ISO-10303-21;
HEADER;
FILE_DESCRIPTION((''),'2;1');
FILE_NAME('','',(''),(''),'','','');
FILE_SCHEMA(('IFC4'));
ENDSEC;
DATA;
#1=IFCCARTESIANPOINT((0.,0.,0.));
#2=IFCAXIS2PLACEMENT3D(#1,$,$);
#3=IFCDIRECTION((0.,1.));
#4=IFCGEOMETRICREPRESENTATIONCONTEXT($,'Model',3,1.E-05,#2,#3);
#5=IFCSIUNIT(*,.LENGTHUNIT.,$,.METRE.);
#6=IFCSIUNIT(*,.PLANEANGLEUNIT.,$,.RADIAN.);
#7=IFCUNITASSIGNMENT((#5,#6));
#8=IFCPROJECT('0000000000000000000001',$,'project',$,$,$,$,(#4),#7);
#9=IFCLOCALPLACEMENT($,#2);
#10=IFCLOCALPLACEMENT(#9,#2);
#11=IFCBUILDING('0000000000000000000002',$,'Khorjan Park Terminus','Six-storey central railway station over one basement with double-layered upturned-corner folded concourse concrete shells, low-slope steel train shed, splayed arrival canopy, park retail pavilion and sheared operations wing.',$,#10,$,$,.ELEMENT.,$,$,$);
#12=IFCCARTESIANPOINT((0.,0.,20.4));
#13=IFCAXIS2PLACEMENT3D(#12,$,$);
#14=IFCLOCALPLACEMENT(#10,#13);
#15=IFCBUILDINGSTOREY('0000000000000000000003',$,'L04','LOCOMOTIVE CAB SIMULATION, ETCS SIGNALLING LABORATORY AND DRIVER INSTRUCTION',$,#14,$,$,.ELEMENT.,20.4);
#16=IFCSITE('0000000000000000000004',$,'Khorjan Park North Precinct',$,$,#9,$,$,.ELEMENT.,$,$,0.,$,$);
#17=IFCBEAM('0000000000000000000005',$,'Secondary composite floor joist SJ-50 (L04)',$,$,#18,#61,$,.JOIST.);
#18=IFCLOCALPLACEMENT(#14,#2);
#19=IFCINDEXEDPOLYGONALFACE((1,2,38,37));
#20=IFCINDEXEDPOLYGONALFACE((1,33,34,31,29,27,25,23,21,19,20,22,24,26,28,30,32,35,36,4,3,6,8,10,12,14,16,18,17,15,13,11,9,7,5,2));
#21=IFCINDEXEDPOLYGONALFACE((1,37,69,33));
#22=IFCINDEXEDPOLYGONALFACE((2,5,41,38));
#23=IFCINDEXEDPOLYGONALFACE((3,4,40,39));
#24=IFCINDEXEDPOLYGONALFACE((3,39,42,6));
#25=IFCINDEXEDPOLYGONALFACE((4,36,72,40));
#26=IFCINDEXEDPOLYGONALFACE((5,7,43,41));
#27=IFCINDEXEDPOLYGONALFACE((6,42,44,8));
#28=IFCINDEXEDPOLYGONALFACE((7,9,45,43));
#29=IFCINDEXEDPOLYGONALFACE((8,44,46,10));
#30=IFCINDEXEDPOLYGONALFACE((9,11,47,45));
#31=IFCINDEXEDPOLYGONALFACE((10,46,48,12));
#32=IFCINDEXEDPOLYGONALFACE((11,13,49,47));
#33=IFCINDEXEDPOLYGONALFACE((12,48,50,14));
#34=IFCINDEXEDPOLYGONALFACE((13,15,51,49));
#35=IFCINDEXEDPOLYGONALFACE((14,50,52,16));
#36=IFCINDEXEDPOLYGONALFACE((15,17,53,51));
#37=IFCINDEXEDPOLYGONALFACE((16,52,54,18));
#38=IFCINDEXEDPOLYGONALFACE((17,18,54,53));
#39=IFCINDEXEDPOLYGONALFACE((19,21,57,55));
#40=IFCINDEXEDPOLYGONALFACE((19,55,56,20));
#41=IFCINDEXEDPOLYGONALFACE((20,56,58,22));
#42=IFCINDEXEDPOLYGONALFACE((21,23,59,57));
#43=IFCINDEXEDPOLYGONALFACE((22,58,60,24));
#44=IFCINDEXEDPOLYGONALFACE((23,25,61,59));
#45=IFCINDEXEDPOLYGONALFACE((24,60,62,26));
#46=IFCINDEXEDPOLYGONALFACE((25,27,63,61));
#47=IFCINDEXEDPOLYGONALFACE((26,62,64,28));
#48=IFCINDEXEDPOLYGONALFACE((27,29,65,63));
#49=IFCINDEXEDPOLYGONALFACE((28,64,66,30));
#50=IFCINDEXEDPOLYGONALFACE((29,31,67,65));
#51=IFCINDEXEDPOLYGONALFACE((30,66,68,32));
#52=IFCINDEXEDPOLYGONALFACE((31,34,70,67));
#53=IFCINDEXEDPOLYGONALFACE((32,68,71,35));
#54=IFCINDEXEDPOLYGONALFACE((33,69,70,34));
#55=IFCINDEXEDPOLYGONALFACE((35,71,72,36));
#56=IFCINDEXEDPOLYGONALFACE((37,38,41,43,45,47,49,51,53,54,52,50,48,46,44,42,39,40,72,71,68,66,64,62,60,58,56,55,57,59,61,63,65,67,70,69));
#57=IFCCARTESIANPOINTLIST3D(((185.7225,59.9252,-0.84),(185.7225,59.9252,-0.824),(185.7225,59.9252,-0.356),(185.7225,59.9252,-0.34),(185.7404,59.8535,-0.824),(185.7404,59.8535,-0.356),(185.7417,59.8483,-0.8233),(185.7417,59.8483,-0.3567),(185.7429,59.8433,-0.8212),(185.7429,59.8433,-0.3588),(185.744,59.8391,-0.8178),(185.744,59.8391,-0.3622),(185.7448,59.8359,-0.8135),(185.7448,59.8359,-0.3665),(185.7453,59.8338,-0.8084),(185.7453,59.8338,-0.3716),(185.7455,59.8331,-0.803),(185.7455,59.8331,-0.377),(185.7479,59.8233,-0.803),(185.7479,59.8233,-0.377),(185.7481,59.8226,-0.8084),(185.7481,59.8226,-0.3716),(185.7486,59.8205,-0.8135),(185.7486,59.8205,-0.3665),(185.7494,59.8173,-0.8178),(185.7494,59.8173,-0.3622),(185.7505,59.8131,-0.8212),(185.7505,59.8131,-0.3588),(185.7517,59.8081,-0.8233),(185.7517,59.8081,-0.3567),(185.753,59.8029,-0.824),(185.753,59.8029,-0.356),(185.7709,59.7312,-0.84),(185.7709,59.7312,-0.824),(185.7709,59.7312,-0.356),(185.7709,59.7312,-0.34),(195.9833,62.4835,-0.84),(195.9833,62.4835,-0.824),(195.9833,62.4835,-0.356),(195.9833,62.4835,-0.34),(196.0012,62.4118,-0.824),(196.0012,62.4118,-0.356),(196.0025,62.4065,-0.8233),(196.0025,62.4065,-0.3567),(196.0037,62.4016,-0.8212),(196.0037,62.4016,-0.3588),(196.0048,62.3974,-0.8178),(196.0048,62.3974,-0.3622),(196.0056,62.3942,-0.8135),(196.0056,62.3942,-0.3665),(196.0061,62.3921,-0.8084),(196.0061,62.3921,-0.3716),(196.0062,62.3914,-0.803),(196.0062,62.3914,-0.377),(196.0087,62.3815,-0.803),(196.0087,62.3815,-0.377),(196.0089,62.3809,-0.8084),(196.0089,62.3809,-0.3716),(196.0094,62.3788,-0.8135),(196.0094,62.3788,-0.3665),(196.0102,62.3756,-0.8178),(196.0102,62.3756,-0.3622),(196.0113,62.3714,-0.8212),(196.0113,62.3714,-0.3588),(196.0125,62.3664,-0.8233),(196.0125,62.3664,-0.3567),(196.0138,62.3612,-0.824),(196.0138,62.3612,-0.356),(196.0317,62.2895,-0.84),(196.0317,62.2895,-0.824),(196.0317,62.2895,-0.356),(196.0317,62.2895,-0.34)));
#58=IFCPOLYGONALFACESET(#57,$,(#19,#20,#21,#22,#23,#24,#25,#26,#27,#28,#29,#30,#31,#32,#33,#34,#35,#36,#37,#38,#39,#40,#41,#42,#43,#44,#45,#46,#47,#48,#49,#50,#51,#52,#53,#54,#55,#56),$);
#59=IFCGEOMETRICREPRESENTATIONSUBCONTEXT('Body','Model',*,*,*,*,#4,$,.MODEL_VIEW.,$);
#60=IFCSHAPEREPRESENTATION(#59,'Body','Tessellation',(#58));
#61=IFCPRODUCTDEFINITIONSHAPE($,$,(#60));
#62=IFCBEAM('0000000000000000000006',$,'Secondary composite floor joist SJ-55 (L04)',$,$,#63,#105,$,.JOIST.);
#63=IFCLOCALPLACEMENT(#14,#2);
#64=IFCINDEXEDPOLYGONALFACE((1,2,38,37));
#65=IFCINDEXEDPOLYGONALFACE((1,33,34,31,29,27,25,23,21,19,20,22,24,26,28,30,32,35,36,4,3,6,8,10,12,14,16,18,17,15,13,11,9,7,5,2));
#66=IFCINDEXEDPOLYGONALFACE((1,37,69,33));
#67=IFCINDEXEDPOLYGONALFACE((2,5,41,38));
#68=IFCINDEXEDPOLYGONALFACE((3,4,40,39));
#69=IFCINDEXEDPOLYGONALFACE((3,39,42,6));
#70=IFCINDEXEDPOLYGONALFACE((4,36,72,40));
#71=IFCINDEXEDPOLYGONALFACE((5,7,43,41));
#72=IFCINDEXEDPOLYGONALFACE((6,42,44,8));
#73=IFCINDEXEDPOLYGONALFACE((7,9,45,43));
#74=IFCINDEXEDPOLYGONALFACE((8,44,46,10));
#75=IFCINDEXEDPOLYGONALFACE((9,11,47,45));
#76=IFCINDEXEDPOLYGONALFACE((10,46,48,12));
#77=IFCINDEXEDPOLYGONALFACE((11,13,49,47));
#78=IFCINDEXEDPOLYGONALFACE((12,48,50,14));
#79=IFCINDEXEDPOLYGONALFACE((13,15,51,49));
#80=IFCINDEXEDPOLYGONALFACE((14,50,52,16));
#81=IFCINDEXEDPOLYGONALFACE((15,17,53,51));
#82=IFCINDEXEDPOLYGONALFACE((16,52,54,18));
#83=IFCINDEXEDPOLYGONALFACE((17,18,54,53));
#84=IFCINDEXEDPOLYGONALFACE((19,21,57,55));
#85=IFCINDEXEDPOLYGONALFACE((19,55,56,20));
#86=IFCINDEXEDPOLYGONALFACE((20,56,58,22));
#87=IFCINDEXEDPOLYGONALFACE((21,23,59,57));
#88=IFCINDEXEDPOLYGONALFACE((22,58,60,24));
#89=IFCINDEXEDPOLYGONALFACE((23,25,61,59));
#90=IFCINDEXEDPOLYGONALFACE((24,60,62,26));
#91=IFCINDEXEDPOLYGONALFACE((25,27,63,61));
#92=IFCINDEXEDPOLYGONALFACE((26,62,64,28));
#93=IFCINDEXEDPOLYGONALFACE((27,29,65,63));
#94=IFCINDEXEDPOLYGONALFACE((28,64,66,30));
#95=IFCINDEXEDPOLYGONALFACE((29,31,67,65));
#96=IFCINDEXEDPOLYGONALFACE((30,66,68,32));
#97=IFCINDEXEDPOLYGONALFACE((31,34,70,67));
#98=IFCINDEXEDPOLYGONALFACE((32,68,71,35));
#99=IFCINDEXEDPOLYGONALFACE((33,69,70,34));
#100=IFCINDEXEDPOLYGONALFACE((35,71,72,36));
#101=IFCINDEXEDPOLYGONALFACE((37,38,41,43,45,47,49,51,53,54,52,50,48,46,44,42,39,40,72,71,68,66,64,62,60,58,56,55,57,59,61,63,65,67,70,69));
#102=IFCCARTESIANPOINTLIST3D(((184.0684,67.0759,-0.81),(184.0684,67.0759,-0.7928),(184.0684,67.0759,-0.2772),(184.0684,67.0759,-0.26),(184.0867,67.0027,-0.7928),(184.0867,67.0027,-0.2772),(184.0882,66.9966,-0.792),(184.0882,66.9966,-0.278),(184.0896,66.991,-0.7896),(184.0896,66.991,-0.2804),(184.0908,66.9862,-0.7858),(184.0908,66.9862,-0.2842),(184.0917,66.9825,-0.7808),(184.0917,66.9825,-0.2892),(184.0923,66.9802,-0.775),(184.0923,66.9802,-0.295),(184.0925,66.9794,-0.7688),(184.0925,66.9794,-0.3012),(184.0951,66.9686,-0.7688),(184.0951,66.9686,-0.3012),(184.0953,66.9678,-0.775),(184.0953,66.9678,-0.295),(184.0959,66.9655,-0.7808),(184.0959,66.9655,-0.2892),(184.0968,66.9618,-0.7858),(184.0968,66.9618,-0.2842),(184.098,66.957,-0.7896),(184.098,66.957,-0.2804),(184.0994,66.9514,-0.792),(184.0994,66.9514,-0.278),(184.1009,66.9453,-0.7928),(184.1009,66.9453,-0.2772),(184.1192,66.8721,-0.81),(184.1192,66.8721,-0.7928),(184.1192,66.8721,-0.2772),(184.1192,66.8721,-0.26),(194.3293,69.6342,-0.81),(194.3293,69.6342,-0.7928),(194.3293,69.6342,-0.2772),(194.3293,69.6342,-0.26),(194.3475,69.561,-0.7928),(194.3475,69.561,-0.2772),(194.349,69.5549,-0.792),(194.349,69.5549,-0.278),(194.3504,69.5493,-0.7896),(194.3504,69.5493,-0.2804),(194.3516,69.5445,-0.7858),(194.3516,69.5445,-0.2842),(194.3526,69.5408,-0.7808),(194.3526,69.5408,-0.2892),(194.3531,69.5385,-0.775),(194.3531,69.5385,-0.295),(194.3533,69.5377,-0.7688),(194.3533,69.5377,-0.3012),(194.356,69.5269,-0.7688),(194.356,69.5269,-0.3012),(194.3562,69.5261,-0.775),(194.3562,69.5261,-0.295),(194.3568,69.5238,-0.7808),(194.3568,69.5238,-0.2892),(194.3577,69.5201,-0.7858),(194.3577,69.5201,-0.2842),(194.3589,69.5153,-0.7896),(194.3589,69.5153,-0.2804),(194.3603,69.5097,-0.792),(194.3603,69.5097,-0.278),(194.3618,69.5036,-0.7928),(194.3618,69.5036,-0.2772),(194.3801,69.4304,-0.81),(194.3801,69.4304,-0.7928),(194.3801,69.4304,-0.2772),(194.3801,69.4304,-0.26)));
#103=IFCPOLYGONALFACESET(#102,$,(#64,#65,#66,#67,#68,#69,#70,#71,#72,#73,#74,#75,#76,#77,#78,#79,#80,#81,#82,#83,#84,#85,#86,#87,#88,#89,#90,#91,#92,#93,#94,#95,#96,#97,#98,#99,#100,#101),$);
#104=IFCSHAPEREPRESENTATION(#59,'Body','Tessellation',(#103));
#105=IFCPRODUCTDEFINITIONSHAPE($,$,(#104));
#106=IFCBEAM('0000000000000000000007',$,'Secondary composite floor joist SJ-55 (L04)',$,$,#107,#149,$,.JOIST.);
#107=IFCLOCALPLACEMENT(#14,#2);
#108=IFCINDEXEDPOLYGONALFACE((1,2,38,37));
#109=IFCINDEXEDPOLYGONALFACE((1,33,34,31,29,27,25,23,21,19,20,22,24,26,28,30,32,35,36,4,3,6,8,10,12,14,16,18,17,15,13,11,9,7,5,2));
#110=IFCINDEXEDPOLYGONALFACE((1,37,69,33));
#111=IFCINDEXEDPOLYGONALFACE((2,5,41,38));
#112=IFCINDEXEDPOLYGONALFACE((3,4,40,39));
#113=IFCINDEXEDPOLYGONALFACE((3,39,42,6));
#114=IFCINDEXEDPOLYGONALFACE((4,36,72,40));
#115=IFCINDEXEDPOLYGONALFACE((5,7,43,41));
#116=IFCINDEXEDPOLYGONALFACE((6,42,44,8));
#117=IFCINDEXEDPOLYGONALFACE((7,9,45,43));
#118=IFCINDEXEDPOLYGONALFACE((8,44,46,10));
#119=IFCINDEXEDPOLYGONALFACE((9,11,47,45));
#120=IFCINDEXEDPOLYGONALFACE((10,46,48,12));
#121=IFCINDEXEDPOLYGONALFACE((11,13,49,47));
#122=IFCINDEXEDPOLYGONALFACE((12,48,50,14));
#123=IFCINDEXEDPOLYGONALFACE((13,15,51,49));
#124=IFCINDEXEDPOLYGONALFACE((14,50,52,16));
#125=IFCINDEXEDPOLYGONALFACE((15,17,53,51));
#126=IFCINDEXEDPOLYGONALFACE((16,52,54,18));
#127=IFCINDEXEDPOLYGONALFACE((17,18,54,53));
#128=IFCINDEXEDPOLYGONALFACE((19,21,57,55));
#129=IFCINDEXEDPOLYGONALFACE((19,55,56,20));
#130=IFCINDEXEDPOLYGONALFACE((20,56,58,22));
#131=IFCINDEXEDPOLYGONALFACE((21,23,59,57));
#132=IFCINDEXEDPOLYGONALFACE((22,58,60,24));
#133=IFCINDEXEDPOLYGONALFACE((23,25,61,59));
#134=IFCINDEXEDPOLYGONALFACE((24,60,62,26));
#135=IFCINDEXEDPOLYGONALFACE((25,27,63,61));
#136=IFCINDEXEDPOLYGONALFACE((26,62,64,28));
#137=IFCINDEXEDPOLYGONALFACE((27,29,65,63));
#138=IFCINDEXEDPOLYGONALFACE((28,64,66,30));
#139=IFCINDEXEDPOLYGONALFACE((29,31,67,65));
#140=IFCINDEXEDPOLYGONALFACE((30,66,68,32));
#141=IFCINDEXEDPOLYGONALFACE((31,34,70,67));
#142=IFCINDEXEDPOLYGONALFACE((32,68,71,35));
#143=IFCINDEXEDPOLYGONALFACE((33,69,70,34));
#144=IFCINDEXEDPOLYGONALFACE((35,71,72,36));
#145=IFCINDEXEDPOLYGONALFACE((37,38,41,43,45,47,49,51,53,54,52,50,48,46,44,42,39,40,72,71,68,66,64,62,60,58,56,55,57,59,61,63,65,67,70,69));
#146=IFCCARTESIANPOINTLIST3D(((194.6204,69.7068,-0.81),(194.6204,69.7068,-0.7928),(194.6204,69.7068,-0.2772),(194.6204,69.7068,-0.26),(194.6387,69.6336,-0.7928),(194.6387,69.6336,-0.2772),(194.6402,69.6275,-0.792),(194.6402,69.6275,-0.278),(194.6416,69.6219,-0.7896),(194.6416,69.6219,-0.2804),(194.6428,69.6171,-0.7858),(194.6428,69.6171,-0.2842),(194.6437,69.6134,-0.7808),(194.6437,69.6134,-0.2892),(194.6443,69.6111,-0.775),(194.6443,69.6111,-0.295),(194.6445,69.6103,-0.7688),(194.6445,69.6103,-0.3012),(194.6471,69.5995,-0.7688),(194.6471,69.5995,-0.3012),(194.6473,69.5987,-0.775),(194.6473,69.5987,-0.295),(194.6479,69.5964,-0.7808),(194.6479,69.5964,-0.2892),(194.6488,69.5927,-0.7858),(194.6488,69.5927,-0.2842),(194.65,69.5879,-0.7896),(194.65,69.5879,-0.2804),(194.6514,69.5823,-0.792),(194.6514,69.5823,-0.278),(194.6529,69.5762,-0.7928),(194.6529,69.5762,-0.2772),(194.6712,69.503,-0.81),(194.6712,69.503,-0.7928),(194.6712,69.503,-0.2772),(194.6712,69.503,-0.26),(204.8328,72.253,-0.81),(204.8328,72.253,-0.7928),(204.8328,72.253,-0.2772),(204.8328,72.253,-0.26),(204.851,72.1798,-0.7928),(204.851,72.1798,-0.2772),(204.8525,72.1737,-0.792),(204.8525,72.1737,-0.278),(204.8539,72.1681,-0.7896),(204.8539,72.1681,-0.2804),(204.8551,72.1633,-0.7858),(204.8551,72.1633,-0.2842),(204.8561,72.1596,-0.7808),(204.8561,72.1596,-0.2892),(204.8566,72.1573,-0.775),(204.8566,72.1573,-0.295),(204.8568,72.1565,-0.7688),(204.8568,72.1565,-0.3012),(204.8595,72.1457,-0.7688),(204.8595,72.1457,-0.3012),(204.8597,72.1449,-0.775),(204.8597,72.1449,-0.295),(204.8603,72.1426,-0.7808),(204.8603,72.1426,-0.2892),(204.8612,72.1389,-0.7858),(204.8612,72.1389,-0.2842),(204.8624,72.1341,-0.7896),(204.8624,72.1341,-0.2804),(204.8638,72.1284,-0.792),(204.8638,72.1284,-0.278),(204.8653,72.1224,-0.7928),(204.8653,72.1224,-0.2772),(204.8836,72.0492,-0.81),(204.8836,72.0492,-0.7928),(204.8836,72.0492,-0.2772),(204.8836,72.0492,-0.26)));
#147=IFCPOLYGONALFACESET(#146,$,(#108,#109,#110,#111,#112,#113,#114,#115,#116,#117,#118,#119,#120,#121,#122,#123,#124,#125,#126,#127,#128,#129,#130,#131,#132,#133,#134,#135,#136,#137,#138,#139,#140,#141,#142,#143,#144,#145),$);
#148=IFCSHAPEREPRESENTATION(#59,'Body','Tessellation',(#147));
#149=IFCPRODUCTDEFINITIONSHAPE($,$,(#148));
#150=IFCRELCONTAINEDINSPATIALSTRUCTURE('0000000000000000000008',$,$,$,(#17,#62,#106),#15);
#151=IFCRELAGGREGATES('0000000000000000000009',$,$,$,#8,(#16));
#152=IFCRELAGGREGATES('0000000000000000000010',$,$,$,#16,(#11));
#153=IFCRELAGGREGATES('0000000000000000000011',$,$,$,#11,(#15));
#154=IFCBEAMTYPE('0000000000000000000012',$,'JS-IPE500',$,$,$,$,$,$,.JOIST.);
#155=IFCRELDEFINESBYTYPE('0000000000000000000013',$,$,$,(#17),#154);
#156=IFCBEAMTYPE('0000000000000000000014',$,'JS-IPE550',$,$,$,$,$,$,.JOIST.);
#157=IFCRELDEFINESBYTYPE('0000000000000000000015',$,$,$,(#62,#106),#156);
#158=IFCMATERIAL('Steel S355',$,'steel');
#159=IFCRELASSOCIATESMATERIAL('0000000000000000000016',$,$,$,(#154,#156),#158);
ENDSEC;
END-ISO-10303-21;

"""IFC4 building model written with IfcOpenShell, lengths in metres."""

from ifc_helpers import new_model, si_unit, direction, frame, origin, origin_2d, place, context, subcontext, project, spatial, i_section, extrude, material, material_profile, profile_set, type_object, element, save


model = new_model("IFC4")

# Units and contexts
model_context = context("Model", 3, precision=1e-05, world=origin(), true_north=direction((0.0, 1.0)))
body_context = subcontext(model_context, "Body", "Model", "MODEL_VIEW")
ifc_project = project(units=[si_unit("LENGTHUNIT", "METRE"), si_unit("PLANEANGLEUNIT", "RADIAN")], contexts=[model_context])

# Site, building, storey
site_placement = place(None, origin())
site = spatial("IfcSite", under=ifc_project, at=site_placement, Name="Khorjan Park North Precinct", CompositionType="ELEMENT", RefElevation=0.0)
building_placement = place(site_placement, origin())
building = spatial("IfcBuilding", under=site, at=building_placement, Name="Khorjan Park Terminus", Description="Six-storey central railway station over one basement with double-layered upturned-corner folded concourse concrete shells, low-slope steel train shed, splayed arrival canopy, park retail pavilion and sheared operations wing.", CompositionType="ELEMENT")
storey_placement = place(building_placement, frame((0.0, 0.0, 20.4)))
storey = spatial("IfcBuildingStorey", under=building, at=storey_placement, Name="L04", Description="LOCOMOTIVE CAB SIMULATION, ETCS SIGNALLING LABORATORY AND DRIVER INSTRUCTION", CompositionType="ELEMENT", Elevation=20.4)

# Beams
ifc_material_1 = material(Name="Steel S355", Category="steel")
ifc_material_profile_1 = material_profile(ifc_material_1, i_section(OverallWidth=0.2, OverallDepth=0.5, WebThickness=0.0102, FlangeThickness=0.016, FilletRadius=0.021, at=origin_2d()), Name="IPE 500")
ifc_profile_set_1 = profile_set([ifc_material_profile_1], Name="Steel S355")
beam_type_1 = type_object("IfcBeamType", Name="JS-IPE500", PredefinedType="JOIST", material=ifc_profile_set_1)
beam_1_placement = place(storey_placement, frame((185.7467, 59.8282, -0.59), z_axis=(0.970296, 0.241921, 0.0), x_axis=(-0.241921, 0.970296, 0.0)))
element("IfcBeam", 1, at=beam_1_placement, inside=storey, type_object=beam_type_1, Name="Secondary composite floor joist SJ-50 (L04)", PredefinedType="JOIST", context=body_context, shape_type="SweptSolid", body=[
    extrude(i_section(OverallWidth=0.2, OverallDepth=0.5, WebThickness=0.0102, FlangeThickness=0.016, FilletRadius=0.021, at=origin_2d()), origin(), (0.0, 0.0, 1.0), 10.5749),
])
ifc_material_profile_2 = material_profile(ifc_material_1, i_section(OverallWidth=0.21, OverallDepth=0.55, WebThickness=0.0111, FlangeThickness=0.0172, FilletRadius=0.024, at=origin_2d()), Name="IPE 550")
ifc_profile_set_2 = profile_set([ifc_material_profile_2], Name="Steel S355")
beam_type_2 = type_object("IfcBeamType", Name="JS-IPE550", PredefinedType="JOIST", material=ifc_profile_set_2)
beam_2_placement = place(storey_placement, frame((184.0938, 66.974, -0.535), z_axis=(0.970296, 0.241919, 0.0), x_axis=(-0.241919, 0.970296, 0.0)))
element("IfcBeam", 2, at=beam_2_placement, inside=storey, type_object=beam_type_2, Name="Secondary composite floor joist SJ-55 (L04)", PredefinedType="JOIST", context=body_context, shape_type="SweptSolid", body=[
    extrude(i_section(OverallWidth=0.21, OverallDepth=0.55, WebThickness=0.0111, FlangeThickness=0.0172, FilletRadius=0.024, at=origin_2d()), origin(), (0.0, 0.0, 1.0), 10.575),
])
beam_3_placement = place(storey_placement, frame((194.6458, 69.6049, -0.535), z_axis=(0.970297, 0.241919, 0.0), x_axis=(-0.241919, 0.970297, 0.0)))
element("IfcBeam", 3, at=beam_3_placement, inside=storey, type_object=beam_type_2, Name="Secondary composite floor joist SJ-55 (L04)", PredefinedType="JOIST", context=body_context, shape_type="SweptSolid", body=[
    extrude(i_section(OverallWidth=0.21, OverallDepth=0.55, WebThickness=0.0111, FlangeThickness=0.0172, FilletRadius=0.024, at=origin_2d()), origin(), (0.0, 0.0, 1.0), 10.525),
])

save(model, "model.ifc")
